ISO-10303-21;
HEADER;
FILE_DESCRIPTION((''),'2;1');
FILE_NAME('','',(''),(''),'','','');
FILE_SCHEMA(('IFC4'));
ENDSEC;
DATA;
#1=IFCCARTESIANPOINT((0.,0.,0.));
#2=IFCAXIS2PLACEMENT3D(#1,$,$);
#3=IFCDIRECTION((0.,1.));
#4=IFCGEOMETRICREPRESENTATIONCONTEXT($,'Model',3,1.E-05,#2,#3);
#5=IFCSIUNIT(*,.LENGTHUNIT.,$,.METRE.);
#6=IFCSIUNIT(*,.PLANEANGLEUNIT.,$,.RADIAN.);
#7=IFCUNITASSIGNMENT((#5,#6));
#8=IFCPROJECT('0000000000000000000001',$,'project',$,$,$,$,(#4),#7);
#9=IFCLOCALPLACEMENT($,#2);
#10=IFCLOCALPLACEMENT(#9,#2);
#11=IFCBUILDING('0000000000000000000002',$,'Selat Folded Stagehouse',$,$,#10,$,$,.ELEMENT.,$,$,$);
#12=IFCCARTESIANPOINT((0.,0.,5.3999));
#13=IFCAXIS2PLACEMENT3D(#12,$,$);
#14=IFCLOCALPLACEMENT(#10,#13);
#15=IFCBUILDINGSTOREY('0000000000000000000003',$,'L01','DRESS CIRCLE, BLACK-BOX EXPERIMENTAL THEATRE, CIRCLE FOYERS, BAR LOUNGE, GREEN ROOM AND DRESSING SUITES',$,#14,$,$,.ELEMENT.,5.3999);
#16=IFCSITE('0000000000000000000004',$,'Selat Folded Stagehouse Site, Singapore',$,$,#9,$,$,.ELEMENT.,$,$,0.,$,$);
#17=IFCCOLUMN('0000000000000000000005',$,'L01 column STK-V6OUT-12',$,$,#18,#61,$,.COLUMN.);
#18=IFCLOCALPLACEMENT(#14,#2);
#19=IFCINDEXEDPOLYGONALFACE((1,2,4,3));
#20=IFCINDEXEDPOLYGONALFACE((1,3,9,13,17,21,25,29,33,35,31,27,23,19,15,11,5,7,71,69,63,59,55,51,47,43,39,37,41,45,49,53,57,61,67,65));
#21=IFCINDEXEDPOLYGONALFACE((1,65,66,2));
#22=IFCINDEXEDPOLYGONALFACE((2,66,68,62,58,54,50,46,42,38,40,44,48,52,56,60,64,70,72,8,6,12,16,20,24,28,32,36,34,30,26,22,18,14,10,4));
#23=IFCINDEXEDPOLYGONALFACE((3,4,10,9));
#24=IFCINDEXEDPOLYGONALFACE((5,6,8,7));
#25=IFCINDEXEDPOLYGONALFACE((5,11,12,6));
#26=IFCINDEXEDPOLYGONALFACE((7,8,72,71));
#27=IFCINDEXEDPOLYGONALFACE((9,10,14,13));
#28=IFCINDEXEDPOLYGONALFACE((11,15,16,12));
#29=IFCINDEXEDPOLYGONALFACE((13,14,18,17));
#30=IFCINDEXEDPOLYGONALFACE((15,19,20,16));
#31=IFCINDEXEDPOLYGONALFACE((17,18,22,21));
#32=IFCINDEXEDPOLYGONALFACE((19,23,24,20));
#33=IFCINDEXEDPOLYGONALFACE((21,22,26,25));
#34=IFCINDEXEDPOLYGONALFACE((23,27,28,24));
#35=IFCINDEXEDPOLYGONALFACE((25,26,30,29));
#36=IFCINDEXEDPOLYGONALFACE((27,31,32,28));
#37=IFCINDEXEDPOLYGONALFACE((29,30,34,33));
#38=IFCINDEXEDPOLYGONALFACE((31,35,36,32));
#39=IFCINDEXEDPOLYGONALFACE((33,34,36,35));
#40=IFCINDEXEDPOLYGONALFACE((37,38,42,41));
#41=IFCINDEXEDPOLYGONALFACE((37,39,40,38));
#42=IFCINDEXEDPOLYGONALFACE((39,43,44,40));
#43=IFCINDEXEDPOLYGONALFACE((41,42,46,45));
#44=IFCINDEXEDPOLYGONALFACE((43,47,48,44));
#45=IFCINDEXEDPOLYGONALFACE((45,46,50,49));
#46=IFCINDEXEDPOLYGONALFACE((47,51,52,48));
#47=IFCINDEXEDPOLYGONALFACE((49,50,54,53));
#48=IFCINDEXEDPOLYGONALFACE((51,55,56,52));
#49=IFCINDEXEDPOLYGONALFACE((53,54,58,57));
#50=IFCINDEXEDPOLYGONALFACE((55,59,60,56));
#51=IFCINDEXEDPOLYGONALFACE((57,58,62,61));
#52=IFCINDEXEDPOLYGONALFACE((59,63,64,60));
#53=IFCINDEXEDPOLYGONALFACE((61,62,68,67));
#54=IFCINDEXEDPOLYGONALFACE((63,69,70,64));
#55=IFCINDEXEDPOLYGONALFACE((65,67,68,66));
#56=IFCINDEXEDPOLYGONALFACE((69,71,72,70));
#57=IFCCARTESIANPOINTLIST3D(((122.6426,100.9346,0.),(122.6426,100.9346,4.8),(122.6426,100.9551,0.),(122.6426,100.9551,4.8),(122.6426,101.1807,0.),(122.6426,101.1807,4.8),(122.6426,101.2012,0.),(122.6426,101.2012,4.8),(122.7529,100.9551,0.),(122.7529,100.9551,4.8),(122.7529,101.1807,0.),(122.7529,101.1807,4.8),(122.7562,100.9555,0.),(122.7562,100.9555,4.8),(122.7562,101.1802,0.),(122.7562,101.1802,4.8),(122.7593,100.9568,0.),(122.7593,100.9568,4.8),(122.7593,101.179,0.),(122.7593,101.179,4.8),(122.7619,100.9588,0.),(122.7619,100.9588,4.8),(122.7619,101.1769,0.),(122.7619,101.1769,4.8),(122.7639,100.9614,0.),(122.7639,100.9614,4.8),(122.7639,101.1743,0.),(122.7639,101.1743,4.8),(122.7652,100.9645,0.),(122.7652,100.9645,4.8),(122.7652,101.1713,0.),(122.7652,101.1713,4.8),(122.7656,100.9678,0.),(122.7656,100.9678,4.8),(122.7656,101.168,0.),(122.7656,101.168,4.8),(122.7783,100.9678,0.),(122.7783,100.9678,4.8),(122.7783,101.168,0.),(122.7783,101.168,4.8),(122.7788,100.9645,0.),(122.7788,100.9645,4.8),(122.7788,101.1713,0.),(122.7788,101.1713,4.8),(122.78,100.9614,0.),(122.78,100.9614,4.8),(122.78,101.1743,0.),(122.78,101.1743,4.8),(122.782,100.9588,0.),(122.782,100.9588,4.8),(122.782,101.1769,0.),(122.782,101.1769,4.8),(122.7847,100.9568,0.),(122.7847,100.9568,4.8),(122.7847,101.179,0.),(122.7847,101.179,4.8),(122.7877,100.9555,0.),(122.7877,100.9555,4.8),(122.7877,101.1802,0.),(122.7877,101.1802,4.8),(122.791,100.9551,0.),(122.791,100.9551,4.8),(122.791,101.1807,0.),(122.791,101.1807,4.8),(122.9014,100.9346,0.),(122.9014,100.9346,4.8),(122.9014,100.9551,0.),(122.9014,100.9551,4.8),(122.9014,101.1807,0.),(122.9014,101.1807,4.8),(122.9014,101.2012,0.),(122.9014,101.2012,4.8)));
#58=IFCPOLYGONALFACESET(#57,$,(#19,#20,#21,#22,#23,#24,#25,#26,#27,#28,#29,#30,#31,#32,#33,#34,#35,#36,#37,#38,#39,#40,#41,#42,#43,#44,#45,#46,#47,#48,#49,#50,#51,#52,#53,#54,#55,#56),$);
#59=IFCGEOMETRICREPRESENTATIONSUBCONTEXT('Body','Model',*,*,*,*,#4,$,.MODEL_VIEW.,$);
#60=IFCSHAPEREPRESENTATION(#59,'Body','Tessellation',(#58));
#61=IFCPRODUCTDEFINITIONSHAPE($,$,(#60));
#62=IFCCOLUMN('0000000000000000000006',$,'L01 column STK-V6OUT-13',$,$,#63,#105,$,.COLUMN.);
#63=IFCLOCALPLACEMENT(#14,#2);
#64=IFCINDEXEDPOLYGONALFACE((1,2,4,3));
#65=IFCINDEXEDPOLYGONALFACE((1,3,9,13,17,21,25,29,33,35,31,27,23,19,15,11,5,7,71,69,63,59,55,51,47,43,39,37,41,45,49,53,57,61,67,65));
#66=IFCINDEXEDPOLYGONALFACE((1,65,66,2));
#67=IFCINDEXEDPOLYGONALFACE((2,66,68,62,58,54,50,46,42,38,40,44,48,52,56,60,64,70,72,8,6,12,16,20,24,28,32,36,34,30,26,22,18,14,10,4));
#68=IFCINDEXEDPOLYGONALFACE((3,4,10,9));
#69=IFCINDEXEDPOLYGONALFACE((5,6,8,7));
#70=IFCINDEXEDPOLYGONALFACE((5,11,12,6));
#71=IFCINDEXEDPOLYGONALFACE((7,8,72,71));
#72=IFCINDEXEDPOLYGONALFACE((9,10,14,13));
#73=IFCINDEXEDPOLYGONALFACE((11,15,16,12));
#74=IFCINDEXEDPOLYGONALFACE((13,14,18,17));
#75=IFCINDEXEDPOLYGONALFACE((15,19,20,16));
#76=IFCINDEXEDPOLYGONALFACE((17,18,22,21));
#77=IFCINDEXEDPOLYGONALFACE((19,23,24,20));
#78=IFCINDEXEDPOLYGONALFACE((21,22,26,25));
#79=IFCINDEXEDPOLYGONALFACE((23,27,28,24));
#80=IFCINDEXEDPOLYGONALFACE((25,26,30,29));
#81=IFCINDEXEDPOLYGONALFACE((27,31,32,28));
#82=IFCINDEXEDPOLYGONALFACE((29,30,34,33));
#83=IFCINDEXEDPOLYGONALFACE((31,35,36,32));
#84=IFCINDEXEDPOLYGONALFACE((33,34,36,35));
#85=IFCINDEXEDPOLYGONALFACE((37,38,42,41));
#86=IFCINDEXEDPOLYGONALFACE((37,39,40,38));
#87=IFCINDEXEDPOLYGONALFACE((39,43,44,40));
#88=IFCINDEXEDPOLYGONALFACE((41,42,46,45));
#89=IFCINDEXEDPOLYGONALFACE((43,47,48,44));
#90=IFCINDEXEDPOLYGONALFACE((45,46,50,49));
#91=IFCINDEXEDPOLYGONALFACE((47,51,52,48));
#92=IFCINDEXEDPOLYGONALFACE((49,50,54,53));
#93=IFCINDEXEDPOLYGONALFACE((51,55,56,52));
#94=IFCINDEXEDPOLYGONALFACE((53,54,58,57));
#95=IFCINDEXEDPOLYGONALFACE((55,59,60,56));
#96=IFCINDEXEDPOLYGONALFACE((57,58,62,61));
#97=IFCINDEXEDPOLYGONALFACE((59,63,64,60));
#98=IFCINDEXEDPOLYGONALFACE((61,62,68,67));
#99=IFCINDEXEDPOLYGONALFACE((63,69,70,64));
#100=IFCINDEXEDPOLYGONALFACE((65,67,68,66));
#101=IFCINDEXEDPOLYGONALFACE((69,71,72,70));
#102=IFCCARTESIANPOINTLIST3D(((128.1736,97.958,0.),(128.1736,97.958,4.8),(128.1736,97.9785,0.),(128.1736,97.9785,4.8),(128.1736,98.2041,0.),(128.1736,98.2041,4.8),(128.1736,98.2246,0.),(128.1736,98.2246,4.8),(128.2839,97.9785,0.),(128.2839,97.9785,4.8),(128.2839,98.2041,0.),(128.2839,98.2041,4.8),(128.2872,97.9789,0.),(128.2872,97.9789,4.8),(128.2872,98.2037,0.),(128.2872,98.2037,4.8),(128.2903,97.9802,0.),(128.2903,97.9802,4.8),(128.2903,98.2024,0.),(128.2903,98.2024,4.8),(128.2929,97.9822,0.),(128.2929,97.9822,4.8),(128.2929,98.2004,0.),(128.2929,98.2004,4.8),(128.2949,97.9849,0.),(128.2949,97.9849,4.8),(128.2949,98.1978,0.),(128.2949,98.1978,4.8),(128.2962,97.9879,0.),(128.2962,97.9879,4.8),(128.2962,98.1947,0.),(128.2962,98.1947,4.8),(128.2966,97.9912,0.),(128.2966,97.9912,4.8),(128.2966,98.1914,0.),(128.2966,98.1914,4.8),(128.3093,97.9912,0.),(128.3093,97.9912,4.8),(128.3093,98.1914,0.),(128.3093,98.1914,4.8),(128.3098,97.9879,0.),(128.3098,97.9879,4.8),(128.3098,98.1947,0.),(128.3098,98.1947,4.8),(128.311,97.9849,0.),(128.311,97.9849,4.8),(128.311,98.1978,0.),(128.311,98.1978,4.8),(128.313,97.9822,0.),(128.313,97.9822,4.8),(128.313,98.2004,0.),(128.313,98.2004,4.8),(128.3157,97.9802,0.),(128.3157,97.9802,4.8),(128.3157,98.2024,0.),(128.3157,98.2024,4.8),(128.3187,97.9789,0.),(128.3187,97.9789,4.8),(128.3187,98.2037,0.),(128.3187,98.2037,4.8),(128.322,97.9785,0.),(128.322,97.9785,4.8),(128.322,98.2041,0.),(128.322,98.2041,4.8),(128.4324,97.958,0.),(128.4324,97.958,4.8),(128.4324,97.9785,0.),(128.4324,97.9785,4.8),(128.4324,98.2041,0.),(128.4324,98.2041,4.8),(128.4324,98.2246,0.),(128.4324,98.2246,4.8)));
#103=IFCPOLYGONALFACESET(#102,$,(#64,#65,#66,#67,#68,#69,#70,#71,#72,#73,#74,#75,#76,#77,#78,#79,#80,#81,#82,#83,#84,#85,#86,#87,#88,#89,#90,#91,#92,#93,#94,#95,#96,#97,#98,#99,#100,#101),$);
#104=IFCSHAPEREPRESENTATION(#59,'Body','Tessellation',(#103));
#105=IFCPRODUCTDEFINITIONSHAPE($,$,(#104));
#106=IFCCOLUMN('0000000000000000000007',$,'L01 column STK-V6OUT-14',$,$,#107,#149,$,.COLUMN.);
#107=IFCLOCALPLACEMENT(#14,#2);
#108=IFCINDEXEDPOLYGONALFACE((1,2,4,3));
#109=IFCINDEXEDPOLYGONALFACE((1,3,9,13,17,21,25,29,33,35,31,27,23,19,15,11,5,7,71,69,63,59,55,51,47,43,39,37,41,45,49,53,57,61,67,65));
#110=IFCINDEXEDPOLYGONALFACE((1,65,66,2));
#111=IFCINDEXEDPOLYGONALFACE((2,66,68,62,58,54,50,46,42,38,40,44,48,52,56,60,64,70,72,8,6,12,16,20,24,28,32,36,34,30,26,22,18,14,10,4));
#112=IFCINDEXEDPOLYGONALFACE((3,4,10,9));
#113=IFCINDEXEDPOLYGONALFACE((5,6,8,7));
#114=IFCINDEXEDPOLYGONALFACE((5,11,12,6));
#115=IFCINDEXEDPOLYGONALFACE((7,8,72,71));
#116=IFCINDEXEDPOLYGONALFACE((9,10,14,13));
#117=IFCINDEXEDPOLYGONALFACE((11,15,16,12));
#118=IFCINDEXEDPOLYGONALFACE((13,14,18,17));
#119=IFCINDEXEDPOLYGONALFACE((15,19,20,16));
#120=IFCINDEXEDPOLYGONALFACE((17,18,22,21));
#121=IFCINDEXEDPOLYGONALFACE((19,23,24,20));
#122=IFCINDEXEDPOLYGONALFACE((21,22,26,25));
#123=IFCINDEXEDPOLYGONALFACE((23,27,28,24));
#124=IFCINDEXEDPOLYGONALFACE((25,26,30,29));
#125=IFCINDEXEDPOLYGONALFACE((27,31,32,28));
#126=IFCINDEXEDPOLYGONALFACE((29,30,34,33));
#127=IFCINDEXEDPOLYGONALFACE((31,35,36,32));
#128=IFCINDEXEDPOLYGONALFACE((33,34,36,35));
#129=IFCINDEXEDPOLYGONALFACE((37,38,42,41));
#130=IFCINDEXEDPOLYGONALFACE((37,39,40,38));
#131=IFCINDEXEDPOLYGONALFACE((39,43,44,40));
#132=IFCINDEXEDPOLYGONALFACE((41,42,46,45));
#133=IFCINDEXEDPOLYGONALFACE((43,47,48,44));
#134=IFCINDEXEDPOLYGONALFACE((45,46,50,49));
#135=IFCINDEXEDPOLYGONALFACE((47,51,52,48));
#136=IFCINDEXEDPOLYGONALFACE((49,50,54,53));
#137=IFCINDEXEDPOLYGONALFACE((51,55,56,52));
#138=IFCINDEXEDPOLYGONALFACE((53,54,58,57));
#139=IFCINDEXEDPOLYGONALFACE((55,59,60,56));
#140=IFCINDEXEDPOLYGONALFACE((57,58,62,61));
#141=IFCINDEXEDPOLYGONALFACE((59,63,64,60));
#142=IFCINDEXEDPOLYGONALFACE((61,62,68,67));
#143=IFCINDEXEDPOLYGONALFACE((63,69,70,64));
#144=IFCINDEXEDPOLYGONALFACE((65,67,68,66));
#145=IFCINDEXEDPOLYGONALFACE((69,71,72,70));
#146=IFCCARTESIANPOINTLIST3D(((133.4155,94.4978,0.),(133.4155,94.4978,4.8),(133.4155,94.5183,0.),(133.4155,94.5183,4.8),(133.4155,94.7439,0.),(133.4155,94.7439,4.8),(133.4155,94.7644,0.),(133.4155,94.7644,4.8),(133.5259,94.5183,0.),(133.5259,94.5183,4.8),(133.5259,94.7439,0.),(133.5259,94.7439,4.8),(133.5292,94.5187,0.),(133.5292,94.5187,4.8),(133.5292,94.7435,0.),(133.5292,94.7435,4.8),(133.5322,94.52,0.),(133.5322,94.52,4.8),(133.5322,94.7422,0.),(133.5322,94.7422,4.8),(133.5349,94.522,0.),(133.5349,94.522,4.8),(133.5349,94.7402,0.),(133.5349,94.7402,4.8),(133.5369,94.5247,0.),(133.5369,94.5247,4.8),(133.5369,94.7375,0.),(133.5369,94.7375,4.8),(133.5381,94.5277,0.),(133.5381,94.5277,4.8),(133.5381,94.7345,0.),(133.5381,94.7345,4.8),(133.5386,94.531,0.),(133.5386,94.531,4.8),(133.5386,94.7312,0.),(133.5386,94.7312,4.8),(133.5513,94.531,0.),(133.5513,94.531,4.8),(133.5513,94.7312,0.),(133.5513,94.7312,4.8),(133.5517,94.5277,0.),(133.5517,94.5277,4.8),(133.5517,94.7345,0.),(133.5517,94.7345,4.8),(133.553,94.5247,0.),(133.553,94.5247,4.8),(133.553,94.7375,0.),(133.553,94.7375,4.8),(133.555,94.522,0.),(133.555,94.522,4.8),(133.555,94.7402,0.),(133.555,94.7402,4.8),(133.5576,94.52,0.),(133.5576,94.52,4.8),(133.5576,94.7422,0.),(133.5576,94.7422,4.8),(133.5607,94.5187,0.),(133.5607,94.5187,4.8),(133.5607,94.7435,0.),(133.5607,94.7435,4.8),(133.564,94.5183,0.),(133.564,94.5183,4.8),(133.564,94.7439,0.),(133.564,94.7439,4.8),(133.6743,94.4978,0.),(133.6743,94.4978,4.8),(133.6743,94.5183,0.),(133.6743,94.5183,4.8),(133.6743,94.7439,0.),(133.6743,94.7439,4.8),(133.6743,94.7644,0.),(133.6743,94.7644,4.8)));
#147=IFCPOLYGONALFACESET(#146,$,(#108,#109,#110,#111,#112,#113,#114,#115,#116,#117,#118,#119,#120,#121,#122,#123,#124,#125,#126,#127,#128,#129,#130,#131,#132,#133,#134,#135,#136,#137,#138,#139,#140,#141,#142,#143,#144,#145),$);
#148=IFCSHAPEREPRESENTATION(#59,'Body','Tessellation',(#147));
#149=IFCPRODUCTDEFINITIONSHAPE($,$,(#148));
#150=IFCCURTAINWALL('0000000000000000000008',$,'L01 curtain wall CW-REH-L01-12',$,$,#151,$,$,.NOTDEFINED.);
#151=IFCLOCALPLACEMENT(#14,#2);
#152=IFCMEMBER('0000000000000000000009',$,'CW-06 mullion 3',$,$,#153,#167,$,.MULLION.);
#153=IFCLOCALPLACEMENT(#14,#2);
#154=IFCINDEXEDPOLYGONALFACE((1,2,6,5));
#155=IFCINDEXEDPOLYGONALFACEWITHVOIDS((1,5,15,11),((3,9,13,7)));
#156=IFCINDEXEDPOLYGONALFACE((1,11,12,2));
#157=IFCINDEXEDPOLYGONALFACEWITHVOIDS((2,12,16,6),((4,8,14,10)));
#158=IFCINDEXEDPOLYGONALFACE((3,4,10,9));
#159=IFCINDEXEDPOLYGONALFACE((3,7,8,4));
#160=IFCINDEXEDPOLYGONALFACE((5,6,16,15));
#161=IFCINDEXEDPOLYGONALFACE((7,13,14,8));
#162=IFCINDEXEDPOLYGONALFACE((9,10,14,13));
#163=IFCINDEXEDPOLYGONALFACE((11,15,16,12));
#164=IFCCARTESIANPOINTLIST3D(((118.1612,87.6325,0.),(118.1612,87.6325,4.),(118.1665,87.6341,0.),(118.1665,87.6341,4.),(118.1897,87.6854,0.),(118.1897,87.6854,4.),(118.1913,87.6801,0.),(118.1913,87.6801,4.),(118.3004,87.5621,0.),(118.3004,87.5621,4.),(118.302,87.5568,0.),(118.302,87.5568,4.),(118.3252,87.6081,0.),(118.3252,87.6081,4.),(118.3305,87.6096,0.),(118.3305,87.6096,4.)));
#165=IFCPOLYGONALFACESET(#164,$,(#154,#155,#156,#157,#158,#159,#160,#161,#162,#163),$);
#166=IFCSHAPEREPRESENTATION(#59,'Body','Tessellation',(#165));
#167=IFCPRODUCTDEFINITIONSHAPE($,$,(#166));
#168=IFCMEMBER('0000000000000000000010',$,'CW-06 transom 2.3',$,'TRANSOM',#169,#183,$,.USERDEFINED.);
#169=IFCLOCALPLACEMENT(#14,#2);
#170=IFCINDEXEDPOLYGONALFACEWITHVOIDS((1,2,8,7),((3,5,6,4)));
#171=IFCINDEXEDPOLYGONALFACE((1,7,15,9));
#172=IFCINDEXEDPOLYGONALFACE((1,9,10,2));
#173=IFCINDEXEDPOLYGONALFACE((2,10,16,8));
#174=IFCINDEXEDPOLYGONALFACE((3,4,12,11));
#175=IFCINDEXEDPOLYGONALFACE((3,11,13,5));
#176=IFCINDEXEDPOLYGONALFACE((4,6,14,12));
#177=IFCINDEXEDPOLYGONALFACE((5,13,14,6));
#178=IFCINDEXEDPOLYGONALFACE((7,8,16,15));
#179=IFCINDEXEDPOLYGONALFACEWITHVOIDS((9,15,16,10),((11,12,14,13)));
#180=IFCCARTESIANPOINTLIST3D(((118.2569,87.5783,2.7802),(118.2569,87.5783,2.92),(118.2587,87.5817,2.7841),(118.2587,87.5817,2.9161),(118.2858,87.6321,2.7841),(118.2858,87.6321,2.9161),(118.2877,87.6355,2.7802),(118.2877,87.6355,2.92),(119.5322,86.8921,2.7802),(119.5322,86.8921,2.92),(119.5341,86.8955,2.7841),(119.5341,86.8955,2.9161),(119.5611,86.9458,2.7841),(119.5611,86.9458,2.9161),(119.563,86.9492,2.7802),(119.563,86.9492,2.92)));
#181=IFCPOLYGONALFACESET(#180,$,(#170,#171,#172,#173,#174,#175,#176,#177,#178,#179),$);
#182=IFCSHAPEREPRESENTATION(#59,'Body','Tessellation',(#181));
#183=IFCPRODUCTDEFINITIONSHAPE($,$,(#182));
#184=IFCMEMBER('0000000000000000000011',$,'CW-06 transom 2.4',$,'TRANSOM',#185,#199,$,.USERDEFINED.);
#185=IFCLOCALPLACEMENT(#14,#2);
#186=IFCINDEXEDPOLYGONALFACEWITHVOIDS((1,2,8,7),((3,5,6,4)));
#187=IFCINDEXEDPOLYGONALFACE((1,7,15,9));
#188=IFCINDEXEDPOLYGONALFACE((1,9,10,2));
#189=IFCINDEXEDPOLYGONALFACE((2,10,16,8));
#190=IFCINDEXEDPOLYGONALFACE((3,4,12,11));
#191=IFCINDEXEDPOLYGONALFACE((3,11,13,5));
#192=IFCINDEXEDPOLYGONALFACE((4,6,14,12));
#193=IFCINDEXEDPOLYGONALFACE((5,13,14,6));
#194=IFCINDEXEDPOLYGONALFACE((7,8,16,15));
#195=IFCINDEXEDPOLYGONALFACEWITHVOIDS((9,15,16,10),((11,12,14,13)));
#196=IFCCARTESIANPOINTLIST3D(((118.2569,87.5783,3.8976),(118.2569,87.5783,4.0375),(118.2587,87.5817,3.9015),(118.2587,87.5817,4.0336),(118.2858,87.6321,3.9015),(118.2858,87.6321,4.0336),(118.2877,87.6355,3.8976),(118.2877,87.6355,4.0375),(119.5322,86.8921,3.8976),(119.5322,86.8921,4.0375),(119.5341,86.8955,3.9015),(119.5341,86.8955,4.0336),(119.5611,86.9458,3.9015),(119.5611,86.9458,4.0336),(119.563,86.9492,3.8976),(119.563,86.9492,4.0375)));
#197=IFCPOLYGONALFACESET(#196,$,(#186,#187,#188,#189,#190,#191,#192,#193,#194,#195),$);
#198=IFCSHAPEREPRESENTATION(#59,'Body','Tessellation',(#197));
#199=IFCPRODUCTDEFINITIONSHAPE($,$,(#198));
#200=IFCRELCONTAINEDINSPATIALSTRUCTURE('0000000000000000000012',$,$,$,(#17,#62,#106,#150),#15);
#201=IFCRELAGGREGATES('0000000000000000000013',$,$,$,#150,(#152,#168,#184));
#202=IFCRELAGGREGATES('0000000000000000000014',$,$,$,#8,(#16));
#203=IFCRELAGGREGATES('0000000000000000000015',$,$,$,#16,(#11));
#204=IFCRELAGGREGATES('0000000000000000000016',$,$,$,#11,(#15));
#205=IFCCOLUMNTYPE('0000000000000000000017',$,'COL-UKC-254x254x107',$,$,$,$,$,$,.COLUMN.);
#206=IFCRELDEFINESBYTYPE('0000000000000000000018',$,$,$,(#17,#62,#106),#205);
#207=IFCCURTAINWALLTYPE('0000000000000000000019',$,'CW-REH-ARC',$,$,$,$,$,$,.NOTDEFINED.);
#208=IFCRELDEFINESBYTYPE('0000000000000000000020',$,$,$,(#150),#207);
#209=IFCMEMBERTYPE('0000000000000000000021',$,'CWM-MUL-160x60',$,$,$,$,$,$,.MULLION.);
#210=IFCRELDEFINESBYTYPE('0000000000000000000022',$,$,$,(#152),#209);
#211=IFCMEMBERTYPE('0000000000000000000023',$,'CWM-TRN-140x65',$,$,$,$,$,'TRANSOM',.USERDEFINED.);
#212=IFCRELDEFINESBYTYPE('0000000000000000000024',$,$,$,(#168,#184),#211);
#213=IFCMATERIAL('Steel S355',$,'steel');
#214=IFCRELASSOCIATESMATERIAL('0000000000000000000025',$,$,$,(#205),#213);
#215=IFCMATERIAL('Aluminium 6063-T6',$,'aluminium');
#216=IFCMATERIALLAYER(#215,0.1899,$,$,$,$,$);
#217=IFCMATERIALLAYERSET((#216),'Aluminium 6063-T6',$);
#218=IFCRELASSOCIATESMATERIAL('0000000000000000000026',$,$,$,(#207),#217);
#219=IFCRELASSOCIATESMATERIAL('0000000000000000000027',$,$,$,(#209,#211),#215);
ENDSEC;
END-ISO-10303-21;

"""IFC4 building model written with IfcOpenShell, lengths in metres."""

from ifc_helpers import new_model, si_unit, direction, frame, origin, origin_2d, place, context, subcontext, project, spatial, hollow_rectangle, i_section, extrude, material, layer, layer_set, material_profile, profile_set, type_object, element, aggregate, save


model = new_model("IFC4")

# Units and contexts
model_context = context("Model", 3, precision=1e-05, world=origin(), true_north=direction((0.0, 1.0)))
body_context = subcontext(model_context, "Body", "Model", "MODEL_VIEW")
ifc_project = project(units=[si_unit("LENGTHUNIT", "METRE"), si_unit("PLANEANGLEUNIT", "RADIAN")], contexts=[model_context])

# Site, building, storey
site_placement = place(None, origin())
site = spatial("IfcSite", under=ifc_project, at=site_placement, Name="Selat Folded Stagehouse Site, Singapore", CompositionType="ELEMENT", RefElevation=0.0)
building_placement = place(site_placement, origin())
building = spatial("IfcBuilding", under=site, at=building_placement, Name="Selat Folded Stagehouse", CompositionType="ELEMENT")
storey_placement = place(building_placement, frame((0.0, 0.0, 5.3999)))
storey = spatial("IfcBuildingStorey", under=building, at=storey_placement, Name="L01", Description="DRESS CIRCLE, BLACK-BOX EXPERIMENTAL THEATRE, CIRCLE FOYERS, BAR LOUNGE, GREEN ROOM AND DRESSING SUITES", CompositionType="ELEMENT", Elevation=5.3999)

# Columns
ifc_material_1 = material(Name="Steel S355", Category="steel")
ifc_material_profile_1 = material_profile(ifc_material_1, i_section(OverallWidth=0.2588, OverallDepth=0.2666, WebThickness=0.0127, FlangeThickness=0.0205, FilletRadius=0.0127, at=origin_2d()), Name="UKC 254x254x107")
ifc_profile_set_1 = profile_set([ifc_material_profile_1], Name="Steel S355")
column_type = type_object("IfcColumnType", Name="COL-UKC-254x254x107", PredefinedType="COLUMN", material=ifc_profile_set_1)
for number, where, z_axis, x_axis, name in (
    (1, (122.772, 101.0679, 0.0), (0.0, 0.0, 1.0), (1.0, 0.0, 0.0), "L01 column STK-V6OUT-12"),
    (2, (128.303, 98.0913, 0.0), (0.0, 0.0, 1.0), (1.0, 0.0, 0.0), "L01 column STK-V6OUT-13"),
    (3, (133.5449, 94.6311, 0.0), (0.0, 0.0, 1.0), (1.0, 0.0, 0.0), "L01 column STK-V6OUT-14"),
):
    element("IfcColumn", number, at=place(storey_placement, frame(where, z_axis=z_axis, x_axis=x_axis)), inside=storey, type_object=column_type, Name=name, PredefinedType="COLUMN", context=body_context, shape_type="SweptSolid", body=[
        extrude(i_section(OverallWidth=0.2588, OverallDepth=0.2666, WebThickness=0.0127, FlangeThickness=0.0205, FilletRadius=0.0127, at=origin_2d()), origin(), (0.0, 0.0, 1.0), 4.8),
    ])

# Curtain wall, members
ifc_material_2 = material(Name="Aluminium 6063-T6", Category="aluminium")
ifc_layer_1 = layer(ifc_material_2, 0.1899)
ifc_layer_set_1 = layer_set([ifc_layer_1], Name="Aluminium 6063-T6")
curtain_wall_type = type_object("IfcCurtainWallType", Name="CW-REH-ARC", PredefinedType="NOTDEFINED", material=ifc_layer_set_1)
curtain_wall_placement = place(storey_placement, origin())
curtain_wall = element("IfcCurtainWall", 4, at=curtain_wall_placement, inside=storey, type_object=curtain_wall_type, Name="L01 curtain wall CW-REH-L01-12", PredefinedType="NOTDEFINED")
ifc_material_profile_2 = material_profile(ifc_material_2, hollow_rectangle(XDim=0.0601, YDim=0.1599, WallThickness=0.0039, at=origin_2d()), Name="ALU 160x60x4.0")
ifc_profile_set_2 = profile_set([ifc_material_profile_2], Name="Aluminium 6063-T6")
member_type_1 = type_object("IfcMemberType", Name="CWM-MUL-160x60", PredefinedType="MULLION", material=ifc_profile_set_2)
member_1_placement = place(storey_placement, frame((118.2458, 87.6211, 0.0), z_axis=(0.0, 0.0, 1.0), x_axis=(-0.473859, -0.880601, 0.0)))
member_1 = element("IfcMember", 5, at=member_1_placement, type_object=member_type_1, Name="CW-06 mullion 3", PredefinedType="MULLION", context=body_context, shape_type="SweptSolid", body=[
    extrude(hollow_rectangle(XDim=0.0601, YDim=0.1599, WallThickness=0.0039, at=origin_2d()), origin(), (0.0, 0.0, 1.0), 4.0),
])
ifc_material_profile_3 = material_profile(ifc_material_2, hollow_rectangle(XDim=0.0649, YDim=0.1399, WallThickness=0.0039, at=origin_2d()), Name="ALU 140x65x4.0")
ifc_profile_set_3 = profile_set([ifc_material_profile_3], Name="Aluminium 6063-T6")
member_type_2 = type_object("IfcMemberType", Name="CWM-TRN-140x65", ElementType="TRANSOM", PredefinedType="USERDEFINED", material=ifc_profile_set_3)
member_2_placement = place(storey_placement, frame((119.5476, 86.9207, 2.8501), z_axis=(-0.880606, 0.473848, 0.0), x_axis=(-0.473848, -0.880606, 0.0)))
member_2 = element("IfcMember", 6, at=member_2_placement, type_object=member_type_2, Name="CW-06 transom 2.3", ObjectType="TRANSOM", PredefinedType="USERDEFINED", context=body_context, shape_type="SweptSolid", body=[
    extrude(hollow_rectangle(XDim=0.0649, YDim=0.1399, WallThickness=0.0039, at=origin_2d()), origin(), (0.0, 0.0, 1.0), 1.4482),
])
member_3_placement = place(storey_placement, frame((119.5476, 86.9207, 3.9675), z_axis=(-0.880606, 0.473848, 0.0), x_axis=(-0.473848, -0.880606, 0.0)))
member_3 = element("IfcMember", 7, at=member_3_placement, type_object=member_type_2, Name="CW-06 transom 2.4", ObjectType="TRANSOM", PredefinedType="USERDEFINED", context=body_context, shape_type="SweptSolid", body=[
    extrude(hollow_rectangle(XDim=0.0649, YDim=0.1399, WallThickness=0.0039, at=origin_2d()), origin(), (0.0, 0.0, 1.0), 1.4482),
])

aggregate(curtain_wall, [member_1, member_2, member_3])

save(model, "model.ifc")
